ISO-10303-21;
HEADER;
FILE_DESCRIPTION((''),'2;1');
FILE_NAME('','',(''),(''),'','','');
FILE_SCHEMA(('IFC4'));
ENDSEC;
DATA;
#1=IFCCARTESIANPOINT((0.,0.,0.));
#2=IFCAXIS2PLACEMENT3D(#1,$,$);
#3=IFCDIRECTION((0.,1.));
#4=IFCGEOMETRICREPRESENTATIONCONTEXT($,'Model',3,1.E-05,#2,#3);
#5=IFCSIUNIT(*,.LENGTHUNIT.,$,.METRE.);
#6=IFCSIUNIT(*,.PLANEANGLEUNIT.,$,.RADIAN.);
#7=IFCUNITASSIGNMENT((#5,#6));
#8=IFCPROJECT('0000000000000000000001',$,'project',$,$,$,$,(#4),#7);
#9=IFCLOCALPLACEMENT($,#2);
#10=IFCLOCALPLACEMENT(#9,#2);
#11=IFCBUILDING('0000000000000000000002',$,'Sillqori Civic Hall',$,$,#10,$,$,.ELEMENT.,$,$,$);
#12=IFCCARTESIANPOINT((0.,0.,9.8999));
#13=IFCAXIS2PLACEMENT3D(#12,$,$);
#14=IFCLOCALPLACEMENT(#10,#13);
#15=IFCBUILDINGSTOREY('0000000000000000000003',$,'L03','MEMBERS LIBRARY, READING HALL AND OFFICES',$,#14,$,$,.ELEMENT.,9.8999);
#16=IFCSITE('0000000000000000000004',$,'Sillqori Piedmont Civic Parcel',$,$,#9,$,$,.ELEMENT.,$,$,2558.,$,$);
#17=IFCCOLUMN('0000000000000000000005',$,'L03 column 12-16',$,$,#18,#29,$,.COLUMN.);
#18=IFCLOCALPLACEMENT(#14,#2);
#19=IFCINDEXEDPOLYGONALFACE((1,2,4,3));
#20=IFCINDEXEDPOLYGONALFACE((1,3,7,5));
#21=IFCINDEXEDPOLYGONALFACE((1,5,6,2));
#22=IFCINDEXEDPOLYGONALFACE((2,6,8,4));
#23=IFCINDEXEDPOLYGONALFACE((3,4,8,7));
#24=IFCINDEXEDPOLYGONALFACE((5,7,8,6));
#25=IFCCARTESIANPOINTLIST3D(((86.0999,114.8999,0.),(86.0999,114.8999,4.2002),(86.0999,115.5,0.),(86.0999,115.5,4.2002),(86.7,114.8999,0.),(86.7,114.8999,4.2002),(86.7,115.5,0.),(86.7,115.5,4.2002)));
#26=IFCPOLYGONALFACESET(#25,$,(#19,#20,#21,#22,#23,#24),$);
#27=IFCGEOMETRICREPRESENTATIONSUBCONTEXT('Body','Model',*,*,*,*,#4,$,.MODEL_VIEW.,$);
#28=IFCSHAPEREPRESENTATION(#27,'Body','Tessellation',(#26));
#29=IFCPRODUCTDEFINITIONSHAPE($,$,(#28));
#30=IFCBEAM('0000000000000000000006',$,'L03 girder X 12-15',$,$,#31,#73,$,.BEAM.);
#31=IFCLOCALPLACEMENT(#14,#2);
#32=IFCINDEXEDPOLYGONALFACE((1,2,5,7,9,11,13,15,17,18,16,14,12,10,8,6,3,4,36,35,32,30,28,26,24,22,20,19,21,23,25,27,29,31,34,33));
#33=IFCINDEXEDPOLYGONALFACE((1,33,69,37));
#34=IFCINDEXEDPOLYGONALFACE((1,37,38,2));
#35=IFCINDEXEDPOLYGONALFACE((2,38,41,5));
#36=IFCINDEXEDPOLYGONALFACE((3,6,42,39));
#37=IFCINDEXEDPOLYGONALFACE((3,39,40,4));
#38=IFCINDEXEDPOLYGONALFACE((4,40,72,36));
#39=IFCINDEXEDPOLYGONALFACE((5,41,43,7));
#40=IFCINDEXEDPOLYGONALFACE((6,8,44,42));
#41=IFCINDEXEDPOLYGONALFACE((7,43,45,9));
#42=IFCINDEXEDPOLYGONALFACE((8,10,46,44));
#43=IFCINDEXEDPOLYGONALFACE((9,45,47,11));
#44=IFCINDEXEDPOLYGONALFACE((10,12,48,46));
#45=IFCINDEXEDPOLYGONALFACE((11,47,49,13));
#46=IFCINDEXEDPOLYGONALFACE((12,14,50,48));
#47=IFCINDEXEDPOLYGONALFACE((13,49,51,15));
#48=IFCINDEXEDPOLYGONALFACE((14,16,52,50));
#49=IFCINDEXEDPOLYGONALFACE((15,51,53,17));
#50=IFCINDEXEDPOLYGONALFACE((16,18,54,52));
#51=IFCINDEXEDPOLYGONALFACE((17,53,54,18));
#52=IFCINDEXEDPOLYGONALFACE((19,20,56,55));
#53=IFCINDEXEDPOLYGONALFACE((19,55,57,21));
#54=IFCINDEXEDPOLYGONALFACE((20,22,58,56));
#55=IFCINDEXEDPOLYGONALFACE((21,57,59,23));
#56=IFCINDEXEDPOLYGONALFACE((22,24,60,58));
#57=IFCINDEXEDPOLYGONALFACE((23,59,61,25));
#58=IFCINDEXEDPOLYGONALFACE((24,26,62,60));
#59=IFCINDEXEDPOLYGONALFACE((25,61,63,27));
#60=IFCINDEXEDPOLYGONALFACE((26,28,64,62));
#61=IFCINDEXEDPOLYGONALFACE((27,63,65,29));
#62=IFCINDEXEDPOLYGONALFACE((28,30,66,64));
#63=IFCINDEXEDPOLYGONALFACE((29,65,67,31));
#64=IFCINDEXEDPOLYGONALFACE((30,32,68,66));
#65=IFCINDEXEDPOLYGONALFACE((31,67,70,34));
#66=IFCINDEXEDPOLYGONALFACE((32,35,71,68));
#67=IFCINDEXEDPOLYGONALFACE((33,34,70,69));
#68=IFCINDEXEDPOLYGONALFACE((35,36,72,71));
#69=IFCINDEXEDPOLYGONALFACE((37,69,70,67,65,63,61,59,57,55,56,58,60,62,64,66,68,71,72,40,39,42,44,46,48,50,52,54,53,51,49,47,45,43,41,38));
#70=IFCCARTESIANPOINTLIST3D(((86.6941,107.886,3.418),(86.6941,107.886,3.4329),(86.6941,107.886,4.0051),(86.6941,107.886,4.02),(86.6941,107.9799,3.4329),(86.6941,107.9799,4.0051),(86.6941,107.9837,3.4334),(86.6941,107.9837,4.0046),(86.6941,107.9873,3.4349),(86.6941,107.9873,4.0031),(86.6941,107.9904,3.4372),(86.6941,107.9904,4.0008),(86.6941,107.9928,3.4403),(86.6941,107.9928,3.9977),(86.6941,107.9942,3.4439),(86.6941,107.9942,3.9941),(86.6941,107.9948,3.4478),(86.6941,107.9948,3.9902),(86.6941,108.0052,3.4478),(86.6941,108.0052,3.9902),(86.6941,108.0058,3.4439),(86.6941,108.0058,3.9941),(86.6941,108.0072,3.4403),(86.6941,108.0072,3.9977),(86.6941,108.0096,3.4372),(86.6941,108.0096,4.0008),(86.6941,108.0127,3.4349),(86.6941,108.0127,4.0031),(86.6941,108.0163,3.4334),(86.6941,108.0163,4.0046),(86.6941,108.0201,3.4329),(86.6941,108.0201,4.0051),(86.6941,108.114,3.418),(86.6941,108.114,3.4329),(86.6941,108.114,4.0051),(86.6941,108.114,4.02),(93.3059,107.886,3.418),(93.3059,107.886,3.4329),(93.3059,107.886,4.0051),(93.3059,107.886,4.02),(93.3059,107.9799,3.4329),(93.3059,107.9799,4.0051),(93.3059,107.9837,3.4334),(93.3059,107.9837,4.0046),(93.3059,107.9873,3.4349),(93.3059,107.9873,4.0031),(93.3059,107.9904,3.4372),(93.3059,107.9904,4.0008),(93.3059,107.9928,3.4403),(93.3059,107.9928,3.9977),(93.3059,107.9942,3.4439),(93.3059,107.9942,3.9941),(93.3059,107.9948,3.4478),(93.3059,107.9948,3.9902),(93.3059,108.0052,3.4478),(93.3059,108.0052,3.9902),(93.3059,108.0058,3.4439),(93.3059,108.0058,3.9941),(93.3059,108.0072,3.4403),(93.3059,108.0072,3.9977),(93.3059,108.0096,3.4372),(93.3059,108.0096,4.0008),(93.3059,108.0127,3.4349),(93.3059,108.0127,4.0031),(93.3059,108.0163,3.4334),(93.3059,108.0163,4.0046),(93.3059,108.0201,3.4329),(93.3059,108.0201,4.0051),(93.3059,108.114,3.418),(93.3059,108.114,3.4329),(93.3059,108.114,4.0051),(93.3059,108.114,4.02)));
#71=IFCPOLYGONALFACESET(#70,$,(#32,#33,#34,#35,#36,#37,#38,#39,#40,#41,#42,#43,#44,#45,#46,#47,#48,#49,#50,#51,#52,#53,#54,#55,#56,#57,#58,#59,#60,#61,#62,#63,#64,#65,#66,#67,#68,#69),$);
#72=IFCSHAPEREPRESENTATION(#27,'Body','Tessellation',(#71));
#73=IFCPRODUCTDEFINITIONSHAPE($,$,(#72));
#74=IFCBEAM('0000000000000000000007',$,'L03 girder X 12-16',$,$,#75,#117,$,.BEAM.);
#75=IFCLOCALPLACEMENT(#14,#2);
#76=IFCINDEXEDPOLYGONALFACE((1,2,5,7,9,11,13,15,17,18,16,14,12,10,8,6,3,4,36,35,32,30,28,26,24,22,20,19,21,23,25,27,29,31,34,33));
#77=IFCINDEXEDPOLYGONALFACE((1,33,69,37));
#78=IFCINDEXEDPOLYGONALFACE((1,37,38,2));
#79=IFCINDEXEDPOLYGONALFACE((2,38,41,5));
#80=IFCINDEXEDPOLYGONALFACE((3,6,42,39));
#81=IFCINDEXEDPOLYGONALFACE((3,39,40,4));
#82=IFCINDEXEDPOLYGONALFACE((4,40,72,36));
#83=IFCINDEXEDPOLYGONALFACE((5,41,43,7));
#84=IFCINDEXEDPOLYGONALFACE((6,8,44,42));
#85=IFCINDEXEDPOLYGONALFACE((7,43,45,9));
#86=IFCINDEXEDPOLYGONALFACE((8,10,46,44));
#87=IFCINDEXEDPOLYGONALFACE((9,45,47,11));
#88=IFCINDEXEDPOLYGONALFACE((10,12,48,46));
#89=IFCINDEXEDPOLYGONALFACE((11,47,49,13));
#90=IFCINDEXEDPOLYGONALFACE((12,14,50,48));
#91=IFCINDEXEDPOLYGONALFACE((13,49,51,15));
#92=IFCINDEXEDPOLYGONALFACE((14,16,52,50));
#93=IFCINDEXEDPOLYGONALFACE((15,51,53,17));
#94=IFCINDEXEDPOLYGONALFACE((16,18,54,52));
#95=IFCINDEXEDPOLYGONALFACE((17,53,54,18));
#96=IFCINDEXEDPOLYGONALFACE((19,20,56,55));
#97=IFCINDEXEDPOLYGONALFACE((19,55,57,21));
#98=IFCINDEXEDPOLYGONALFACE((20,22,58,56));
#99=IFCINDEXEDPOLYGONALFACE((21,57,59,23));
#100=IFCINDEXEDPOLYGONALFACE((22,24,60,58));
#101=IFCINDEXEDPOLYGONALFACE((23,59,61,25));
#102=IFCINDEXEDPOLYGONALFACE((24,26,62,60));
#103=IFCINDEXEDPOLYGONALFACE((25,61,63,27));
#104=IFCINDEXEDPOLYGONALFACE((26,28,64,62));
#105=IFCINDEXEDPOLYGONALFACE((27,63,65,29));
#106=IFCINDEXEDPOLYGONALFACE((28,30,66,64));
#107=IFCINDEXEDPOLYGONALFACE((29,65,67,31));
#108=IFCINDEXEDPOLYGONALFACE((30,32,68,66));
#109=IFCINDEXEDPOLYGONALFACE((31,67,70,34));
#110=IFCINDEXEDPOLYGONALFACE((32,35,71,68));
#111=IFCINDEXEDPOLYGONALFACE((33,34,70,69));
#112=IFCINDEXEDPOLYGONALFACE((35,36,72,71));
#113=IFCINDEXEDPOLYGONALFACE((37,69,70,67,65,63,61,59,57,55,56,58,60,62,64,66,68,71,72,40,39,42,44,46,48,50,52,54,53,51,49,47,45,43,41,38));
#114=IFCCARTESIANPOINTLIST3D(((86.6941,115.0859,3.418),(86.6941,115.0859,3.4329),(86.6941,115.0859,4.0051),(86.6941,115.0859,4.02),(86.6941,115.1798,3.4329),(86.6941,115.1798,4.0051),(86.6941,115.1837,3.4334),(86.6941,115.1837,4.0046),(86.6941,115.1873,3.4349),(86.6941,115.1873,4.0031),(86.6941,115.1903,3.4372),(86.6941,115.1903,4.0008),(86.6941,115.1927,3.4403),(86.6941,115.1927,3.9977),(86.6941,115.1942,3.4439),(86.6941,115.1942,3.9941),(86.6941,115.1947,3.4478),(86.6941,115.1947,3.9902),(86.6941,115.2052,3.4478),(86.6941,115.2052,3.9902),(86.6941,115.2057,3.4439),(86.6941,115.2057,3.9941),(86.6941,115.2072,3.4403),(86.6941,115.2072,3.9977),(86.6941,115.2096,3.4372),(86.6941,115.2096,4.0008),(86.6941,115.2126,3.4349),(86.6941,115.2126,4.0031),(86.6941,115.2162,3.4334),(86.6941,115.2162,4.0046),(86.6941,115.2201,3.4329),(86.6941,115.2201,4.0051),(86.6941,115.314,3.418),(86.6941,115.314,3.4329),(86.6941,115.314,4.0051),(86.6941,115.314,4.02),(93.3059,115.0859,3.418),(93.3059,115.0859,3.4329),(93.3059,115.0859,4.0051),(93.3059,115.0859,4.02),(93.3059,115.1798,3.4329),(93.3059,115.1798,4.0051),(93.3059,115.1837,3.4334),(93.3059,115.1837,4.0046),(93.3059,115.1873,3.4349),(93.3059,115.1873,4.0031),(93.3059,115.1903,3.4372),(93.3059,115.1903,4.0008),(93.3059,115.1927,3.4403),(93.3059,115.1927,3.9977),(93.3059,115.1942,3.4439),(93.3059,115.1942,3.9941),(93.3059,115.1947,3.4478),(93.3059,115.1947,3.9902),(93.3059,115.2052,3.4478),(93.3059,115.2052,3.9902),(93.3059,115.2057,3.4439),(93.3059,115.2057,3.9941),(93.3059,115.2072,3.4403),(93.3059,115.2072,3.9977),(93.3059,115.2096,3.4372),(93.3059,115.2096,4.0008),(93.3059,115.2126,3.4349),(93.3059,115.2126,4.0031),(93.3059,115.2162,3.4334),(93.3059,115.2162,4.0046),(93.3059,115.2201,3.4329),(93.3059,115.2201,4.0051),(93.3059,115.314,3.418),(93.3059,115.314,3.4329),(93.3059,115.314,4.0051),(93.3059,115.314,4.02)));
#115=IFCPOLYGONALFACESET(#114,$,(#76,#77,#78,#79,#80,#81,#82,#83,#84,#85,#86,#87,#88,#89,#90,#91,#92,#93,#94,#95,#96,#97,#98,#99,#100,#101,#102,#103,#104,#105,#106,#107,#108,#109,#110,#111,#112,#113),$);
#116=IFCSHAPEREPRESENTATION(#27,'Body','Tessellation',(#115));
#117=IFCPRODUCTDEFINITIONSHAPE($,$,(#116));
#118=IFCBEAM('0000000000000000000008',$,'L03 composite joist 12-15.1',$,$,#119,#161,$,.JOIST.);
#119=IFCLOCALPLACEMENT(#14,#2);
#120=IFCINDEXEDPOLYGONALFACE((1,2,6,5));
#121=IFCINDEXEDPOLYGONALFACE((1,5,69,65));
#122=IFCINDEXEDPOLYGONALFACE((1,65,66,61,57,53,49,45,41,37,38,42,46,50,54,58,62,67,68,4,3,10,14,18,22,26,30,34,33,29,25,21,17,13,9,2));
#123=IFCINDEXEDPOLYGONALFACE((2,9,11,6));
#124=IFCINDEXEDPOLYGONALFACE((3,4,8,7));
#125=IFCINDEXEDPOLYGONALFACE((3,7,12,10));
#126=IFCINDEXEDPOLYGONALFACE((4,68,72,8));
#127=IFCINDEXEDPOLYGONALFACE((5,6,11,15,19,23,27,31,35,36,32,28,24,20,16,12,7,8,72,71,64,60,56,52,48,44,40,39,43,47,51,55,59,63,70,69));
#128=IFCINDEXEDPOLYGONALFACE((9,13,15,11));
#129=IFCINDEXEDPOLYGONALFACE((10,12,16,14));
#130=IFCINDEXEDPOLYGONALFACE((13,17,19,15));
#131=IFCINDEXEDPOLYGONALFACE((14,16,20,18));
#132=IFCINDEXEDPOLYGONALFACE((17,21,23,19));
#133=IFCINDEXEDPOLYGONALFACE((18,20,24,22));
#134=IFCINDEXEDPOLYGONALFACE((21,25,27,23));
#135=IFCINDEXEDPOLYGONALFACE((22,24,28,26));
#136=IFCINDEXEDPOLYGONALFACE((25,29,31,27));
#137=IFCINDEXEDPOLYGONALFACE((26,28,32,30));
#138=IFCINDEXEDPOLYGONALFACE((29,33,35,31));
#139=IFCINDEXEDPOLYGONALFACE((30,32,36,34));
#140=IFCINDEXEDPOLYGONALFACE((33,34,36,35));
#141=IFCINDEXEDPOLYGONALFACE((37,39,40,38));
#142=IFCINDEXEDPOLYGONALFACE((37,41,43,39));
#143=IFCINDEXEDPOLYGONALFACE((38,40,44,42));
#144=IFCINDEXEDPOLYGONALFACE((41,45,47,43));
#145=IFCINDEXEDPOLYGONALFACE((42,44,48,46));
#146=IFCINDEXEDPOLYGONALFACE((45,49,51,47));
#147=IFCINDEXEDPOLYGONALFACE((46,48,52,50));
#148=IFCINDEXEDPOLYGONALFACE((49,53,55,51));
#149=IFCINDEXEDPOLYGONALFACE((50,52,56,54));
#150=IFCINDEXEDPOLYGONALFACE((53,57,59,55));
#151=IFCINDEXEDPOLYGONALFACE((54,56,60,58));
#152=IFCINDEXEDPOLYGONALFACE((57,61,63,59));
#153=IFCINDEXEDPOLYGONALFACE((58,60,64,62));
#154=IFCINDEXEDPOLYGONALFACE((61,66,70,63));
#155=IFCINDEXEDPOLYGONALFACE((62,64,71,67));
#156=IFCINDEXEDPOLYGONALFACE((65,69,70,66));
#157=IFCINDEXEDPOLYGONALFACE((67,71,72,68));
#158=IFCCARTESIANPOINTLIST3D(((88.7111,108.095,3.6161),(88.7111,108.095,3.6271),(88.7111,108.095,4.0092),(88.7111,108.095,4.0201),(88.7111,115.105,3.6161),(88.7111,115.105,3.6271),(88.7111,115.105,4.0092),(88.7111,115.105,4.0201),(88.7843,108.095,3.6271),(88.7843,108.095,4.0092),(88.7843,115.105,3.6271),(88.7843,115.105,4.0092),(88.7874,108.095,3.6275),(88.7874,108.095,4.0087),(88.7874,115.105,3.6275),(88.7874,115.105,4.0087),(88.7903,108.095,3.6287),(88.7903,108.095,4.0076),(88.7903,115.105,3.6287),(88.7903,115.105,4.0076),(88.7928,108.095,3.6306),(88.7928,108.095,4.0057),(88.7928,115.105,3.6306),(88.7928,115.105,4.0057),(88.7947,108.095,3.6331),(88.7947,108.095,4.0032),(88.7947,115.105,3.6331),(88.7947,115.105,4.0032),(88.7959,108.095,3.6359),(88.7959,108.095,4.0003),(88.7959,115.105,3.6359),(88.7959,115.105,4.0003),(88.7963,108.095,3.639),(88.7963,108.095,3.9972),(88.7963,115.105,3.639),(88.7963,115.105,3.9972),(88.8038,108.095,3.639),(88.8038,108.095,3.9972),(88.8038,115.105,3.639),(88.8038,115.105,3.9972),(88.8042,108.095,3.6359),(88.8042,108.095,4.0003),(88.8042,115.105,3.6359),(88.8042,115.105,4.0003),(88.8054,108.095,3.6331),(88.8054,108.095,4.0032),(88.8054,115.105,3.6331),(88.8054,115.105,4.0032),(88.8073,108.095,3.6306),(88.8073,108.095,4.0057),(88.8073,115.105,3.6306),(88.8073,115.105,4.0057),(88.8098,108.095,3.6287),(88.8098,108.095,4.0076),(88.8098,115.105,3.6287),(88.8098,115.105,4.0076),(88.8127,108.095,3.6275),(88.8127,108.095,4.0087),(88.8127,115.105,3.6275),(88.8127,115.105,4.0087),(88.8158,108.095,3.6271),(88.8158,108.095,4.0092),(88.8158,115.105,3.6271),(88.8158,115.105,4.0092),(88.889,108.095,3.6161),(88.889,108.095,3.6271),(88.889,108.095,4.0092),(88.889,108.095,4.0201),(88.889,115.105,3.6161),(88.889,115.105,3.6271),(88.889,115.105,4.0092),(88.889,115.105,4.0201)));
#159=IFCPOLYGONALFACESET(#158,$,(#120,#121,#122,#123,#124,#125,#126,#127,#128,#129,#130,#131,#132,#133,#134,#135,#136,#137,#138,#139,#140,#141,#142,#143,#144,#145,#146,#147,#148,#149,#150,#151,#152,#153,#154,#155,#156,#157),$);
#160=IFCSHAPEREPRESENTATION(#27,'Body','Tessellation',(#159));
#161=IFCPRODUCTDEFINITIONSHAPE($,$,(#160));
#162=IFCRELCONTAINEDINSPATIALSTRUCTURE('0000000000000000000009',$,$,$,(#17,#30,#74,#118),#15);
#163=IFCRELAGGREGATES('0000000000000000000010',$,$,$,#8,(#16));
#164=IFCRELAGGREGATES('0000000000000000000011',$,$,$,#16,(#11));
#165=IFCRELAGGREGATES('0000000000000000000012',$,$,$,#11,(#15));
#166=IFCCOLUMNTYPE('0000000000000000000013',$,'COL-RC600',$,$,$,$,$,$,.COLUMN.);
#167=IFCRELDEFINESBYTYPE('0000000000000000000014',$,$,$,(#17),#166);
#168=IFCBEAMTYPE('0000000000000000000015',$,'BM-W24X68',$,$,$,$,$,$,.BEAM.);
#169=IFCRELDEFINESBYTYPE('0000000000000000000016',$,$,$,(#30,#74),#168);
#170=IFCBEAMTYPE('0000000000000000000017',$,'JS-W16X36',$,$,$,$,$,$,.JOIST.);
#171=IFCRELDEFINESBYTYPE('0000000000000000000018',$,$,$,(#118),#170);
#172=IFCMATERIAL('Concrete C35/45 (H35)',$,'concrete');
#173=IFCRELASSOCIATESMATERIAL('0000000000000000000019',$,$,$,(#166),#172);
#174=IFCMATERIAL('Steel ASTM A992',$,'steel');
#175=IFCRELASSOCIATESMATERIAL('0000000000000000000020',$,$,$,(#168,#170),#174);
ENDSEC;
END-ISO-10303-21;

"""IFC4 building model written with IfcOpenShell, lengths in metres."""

from ifc_helpers import new_model, si_unit, direction, frame, origin, origin_2d, place, context, subcontext, project, spatial, rectangle, i_section, extrude, material, material_profile, profile_set, type_object, element, save


model = new_model("IFC4")

# Units and contexts
model_context = context("Model", 3, precision=1e-05, world=origin(), true_north=direction((0.0, 1.0)))
body_context = subcontext(model_context, "Body", "Model", "MODEL_VIEW")
ifc_project = project(units=[si_unit("LENGTHUNIT", "METRE"), si_unit("PLANEANGLEUNIT", "RADIAN")], contexts=[model_context])

# Site, building, storey
site_placement = place(None, origin())
site = spatial("IfcSite", under=ifc_project, at=site_placement, Name="Sillqori Piedmont Civic Parcel", CompositionType="ELEMENT", RefElevation=2558.0)
building_placement = place(site_placement, origin())
building = spatial("IfcBuilding", under=site, at=building_placement, Name="Sillqori Civic Hall", CompositionType="ELEMENT")
storey_placement = place(building_placement, frame((0.0, 0.0, 9.8999)))
storey = spatial("IfcBuildingStorey", under=building, at=storey_placement, Name="L03", Description="MEMBERS LIBRARY, READING HALL AND OFFICES", CompositionType="ELEMENT", Elevation=9.8999)

# Column
ifc_material_1 = material(Name="Concrete C35/45 (H35)", Category="concrete")
ifc_material_profile_1 = material_profile(ifc_material_1, rectangle(XDim=0.6001, YDim=0.6001, at=origin_2d()), Name="RC 600x600")
ifc_profile_set_1 = profile_set([ifc_material_profile_1], Name="Concrete C35/45 (H35)")
column_type = type_object("IfcColumnType", Name="COL-RC600", PredefinedType="COLUMN", material=ifc_profile_set_1)
column_placement = place(storey_placement, frame((86.3999, 115.2, 0.0), z_axis=(0.0, 0.0, 1.0), x_axis=(1.0, 0.0, 0.0)))
element("IfcColumn", 1, at=column_placement, inside=storey, type_object=column_type, Name="L03 column 12-16", PredefinedType="COLUMN", context=body_context, shape_type="SweptSolid", body=[
    extrude(rectangle(XDim=0.6001, YDim=0.6001, at=origin_2d()), origin(), (0.0, 0.0, 1.0), 4.2002),
])

# Beams
ifc_material_2 = material(Name="Steel ASTM A992", Category="steel")
ifc_material_profile_2 = material_profile(ifc_material_2, i_section(OverallWidth=0.228, OverallDepth=0.6021, WebThickness=0.0105, FlangeThickness=0.0149, FilletRadius=0.0149, at=origin_2d()), Name="W24X68")
ifc_profile_set_2 = profile_set([ifc_material_profile_2], Name="Steel ASTM A992")
beam_type_1 = type_object("IfcBeamType", Name="BM-W24X68", PredefinedType="BEAM", material=ifc_profile_set_2)
for number, where, z_axis, x_axis, name in (
    (2, (86.6941, 108.0, 3.719), (1.0, 0.0, 0.0), (0.0, 1.0, 0.0), "L03 girder X 12-15"),
    (3, (86.6941, 115.2, 3.719), (1.0, 0.0, 0.0), (0.0, 1.0, 0.0), "L03 girder X 12-16"),
):
    element("IfcBeam", number, at=place(storey_placement, frame(where, z_axis=z_axis, x_axis=x_axis)), inside=storey, type_object=beam_type_1, Name=name, PredefinedType="BEAM", context=body_context, shape_type="SweptSolid", body=[
        extrude(i_section(OverallWidth=0.228, OverallDepth=0.6021, WebThickness=0.0105, FlangeThickness=0.0149, FilletRadius=0.0149, at=origin_2d()), origin(), (0.0, 0.0, 1.0), 6.6118),
    ])
ifc_material_profile_3 = material_profile(ifc_material_2, i_section(OverallWidth=0.178, OverallDepth=0.4041, WebThickness=0.0076, FlangeThickness=0.011, FilletRadius=0.012, at=origin_2d()), Name="W16X36")
ifc_profile_set_3 = profile_set([ifc_material_profile_3], Name="Steel ASTM A992")
beam_type_2 = type_object("IfcBeamType", Name="JS-W16X36", PredefinedType="JOIST", material=ifc_profile_set_3)
for number, where, z_axis, x_axis, name in (
    (4, (88.8, 108.095, 3.8181), (0.0, 1.0, 0.0), (-1.0, 0.0, 0.0), "L03 composite joist 12-15.1"),
):
    element("IfcBeam", number, at=place(storey_placement, frame(where, z_axis=z_axis, x_axis=x_axis)), inside=storey, type_object=beam_type_2, Name=name, PredefinedType="JOIST", context=body_context, shape_type="SweptSolid", body=[
        extrude(i_section(OverallWidth=0.178, OverallDepth=0.4041, WebThickness=0.0076, FlangeThickness=0.011, FilletRadius=0.012, at=origin_2d()), origin(), (0.0, 0.0, 1.0), 7.01),
    ])

save(model, "model.ifc")
